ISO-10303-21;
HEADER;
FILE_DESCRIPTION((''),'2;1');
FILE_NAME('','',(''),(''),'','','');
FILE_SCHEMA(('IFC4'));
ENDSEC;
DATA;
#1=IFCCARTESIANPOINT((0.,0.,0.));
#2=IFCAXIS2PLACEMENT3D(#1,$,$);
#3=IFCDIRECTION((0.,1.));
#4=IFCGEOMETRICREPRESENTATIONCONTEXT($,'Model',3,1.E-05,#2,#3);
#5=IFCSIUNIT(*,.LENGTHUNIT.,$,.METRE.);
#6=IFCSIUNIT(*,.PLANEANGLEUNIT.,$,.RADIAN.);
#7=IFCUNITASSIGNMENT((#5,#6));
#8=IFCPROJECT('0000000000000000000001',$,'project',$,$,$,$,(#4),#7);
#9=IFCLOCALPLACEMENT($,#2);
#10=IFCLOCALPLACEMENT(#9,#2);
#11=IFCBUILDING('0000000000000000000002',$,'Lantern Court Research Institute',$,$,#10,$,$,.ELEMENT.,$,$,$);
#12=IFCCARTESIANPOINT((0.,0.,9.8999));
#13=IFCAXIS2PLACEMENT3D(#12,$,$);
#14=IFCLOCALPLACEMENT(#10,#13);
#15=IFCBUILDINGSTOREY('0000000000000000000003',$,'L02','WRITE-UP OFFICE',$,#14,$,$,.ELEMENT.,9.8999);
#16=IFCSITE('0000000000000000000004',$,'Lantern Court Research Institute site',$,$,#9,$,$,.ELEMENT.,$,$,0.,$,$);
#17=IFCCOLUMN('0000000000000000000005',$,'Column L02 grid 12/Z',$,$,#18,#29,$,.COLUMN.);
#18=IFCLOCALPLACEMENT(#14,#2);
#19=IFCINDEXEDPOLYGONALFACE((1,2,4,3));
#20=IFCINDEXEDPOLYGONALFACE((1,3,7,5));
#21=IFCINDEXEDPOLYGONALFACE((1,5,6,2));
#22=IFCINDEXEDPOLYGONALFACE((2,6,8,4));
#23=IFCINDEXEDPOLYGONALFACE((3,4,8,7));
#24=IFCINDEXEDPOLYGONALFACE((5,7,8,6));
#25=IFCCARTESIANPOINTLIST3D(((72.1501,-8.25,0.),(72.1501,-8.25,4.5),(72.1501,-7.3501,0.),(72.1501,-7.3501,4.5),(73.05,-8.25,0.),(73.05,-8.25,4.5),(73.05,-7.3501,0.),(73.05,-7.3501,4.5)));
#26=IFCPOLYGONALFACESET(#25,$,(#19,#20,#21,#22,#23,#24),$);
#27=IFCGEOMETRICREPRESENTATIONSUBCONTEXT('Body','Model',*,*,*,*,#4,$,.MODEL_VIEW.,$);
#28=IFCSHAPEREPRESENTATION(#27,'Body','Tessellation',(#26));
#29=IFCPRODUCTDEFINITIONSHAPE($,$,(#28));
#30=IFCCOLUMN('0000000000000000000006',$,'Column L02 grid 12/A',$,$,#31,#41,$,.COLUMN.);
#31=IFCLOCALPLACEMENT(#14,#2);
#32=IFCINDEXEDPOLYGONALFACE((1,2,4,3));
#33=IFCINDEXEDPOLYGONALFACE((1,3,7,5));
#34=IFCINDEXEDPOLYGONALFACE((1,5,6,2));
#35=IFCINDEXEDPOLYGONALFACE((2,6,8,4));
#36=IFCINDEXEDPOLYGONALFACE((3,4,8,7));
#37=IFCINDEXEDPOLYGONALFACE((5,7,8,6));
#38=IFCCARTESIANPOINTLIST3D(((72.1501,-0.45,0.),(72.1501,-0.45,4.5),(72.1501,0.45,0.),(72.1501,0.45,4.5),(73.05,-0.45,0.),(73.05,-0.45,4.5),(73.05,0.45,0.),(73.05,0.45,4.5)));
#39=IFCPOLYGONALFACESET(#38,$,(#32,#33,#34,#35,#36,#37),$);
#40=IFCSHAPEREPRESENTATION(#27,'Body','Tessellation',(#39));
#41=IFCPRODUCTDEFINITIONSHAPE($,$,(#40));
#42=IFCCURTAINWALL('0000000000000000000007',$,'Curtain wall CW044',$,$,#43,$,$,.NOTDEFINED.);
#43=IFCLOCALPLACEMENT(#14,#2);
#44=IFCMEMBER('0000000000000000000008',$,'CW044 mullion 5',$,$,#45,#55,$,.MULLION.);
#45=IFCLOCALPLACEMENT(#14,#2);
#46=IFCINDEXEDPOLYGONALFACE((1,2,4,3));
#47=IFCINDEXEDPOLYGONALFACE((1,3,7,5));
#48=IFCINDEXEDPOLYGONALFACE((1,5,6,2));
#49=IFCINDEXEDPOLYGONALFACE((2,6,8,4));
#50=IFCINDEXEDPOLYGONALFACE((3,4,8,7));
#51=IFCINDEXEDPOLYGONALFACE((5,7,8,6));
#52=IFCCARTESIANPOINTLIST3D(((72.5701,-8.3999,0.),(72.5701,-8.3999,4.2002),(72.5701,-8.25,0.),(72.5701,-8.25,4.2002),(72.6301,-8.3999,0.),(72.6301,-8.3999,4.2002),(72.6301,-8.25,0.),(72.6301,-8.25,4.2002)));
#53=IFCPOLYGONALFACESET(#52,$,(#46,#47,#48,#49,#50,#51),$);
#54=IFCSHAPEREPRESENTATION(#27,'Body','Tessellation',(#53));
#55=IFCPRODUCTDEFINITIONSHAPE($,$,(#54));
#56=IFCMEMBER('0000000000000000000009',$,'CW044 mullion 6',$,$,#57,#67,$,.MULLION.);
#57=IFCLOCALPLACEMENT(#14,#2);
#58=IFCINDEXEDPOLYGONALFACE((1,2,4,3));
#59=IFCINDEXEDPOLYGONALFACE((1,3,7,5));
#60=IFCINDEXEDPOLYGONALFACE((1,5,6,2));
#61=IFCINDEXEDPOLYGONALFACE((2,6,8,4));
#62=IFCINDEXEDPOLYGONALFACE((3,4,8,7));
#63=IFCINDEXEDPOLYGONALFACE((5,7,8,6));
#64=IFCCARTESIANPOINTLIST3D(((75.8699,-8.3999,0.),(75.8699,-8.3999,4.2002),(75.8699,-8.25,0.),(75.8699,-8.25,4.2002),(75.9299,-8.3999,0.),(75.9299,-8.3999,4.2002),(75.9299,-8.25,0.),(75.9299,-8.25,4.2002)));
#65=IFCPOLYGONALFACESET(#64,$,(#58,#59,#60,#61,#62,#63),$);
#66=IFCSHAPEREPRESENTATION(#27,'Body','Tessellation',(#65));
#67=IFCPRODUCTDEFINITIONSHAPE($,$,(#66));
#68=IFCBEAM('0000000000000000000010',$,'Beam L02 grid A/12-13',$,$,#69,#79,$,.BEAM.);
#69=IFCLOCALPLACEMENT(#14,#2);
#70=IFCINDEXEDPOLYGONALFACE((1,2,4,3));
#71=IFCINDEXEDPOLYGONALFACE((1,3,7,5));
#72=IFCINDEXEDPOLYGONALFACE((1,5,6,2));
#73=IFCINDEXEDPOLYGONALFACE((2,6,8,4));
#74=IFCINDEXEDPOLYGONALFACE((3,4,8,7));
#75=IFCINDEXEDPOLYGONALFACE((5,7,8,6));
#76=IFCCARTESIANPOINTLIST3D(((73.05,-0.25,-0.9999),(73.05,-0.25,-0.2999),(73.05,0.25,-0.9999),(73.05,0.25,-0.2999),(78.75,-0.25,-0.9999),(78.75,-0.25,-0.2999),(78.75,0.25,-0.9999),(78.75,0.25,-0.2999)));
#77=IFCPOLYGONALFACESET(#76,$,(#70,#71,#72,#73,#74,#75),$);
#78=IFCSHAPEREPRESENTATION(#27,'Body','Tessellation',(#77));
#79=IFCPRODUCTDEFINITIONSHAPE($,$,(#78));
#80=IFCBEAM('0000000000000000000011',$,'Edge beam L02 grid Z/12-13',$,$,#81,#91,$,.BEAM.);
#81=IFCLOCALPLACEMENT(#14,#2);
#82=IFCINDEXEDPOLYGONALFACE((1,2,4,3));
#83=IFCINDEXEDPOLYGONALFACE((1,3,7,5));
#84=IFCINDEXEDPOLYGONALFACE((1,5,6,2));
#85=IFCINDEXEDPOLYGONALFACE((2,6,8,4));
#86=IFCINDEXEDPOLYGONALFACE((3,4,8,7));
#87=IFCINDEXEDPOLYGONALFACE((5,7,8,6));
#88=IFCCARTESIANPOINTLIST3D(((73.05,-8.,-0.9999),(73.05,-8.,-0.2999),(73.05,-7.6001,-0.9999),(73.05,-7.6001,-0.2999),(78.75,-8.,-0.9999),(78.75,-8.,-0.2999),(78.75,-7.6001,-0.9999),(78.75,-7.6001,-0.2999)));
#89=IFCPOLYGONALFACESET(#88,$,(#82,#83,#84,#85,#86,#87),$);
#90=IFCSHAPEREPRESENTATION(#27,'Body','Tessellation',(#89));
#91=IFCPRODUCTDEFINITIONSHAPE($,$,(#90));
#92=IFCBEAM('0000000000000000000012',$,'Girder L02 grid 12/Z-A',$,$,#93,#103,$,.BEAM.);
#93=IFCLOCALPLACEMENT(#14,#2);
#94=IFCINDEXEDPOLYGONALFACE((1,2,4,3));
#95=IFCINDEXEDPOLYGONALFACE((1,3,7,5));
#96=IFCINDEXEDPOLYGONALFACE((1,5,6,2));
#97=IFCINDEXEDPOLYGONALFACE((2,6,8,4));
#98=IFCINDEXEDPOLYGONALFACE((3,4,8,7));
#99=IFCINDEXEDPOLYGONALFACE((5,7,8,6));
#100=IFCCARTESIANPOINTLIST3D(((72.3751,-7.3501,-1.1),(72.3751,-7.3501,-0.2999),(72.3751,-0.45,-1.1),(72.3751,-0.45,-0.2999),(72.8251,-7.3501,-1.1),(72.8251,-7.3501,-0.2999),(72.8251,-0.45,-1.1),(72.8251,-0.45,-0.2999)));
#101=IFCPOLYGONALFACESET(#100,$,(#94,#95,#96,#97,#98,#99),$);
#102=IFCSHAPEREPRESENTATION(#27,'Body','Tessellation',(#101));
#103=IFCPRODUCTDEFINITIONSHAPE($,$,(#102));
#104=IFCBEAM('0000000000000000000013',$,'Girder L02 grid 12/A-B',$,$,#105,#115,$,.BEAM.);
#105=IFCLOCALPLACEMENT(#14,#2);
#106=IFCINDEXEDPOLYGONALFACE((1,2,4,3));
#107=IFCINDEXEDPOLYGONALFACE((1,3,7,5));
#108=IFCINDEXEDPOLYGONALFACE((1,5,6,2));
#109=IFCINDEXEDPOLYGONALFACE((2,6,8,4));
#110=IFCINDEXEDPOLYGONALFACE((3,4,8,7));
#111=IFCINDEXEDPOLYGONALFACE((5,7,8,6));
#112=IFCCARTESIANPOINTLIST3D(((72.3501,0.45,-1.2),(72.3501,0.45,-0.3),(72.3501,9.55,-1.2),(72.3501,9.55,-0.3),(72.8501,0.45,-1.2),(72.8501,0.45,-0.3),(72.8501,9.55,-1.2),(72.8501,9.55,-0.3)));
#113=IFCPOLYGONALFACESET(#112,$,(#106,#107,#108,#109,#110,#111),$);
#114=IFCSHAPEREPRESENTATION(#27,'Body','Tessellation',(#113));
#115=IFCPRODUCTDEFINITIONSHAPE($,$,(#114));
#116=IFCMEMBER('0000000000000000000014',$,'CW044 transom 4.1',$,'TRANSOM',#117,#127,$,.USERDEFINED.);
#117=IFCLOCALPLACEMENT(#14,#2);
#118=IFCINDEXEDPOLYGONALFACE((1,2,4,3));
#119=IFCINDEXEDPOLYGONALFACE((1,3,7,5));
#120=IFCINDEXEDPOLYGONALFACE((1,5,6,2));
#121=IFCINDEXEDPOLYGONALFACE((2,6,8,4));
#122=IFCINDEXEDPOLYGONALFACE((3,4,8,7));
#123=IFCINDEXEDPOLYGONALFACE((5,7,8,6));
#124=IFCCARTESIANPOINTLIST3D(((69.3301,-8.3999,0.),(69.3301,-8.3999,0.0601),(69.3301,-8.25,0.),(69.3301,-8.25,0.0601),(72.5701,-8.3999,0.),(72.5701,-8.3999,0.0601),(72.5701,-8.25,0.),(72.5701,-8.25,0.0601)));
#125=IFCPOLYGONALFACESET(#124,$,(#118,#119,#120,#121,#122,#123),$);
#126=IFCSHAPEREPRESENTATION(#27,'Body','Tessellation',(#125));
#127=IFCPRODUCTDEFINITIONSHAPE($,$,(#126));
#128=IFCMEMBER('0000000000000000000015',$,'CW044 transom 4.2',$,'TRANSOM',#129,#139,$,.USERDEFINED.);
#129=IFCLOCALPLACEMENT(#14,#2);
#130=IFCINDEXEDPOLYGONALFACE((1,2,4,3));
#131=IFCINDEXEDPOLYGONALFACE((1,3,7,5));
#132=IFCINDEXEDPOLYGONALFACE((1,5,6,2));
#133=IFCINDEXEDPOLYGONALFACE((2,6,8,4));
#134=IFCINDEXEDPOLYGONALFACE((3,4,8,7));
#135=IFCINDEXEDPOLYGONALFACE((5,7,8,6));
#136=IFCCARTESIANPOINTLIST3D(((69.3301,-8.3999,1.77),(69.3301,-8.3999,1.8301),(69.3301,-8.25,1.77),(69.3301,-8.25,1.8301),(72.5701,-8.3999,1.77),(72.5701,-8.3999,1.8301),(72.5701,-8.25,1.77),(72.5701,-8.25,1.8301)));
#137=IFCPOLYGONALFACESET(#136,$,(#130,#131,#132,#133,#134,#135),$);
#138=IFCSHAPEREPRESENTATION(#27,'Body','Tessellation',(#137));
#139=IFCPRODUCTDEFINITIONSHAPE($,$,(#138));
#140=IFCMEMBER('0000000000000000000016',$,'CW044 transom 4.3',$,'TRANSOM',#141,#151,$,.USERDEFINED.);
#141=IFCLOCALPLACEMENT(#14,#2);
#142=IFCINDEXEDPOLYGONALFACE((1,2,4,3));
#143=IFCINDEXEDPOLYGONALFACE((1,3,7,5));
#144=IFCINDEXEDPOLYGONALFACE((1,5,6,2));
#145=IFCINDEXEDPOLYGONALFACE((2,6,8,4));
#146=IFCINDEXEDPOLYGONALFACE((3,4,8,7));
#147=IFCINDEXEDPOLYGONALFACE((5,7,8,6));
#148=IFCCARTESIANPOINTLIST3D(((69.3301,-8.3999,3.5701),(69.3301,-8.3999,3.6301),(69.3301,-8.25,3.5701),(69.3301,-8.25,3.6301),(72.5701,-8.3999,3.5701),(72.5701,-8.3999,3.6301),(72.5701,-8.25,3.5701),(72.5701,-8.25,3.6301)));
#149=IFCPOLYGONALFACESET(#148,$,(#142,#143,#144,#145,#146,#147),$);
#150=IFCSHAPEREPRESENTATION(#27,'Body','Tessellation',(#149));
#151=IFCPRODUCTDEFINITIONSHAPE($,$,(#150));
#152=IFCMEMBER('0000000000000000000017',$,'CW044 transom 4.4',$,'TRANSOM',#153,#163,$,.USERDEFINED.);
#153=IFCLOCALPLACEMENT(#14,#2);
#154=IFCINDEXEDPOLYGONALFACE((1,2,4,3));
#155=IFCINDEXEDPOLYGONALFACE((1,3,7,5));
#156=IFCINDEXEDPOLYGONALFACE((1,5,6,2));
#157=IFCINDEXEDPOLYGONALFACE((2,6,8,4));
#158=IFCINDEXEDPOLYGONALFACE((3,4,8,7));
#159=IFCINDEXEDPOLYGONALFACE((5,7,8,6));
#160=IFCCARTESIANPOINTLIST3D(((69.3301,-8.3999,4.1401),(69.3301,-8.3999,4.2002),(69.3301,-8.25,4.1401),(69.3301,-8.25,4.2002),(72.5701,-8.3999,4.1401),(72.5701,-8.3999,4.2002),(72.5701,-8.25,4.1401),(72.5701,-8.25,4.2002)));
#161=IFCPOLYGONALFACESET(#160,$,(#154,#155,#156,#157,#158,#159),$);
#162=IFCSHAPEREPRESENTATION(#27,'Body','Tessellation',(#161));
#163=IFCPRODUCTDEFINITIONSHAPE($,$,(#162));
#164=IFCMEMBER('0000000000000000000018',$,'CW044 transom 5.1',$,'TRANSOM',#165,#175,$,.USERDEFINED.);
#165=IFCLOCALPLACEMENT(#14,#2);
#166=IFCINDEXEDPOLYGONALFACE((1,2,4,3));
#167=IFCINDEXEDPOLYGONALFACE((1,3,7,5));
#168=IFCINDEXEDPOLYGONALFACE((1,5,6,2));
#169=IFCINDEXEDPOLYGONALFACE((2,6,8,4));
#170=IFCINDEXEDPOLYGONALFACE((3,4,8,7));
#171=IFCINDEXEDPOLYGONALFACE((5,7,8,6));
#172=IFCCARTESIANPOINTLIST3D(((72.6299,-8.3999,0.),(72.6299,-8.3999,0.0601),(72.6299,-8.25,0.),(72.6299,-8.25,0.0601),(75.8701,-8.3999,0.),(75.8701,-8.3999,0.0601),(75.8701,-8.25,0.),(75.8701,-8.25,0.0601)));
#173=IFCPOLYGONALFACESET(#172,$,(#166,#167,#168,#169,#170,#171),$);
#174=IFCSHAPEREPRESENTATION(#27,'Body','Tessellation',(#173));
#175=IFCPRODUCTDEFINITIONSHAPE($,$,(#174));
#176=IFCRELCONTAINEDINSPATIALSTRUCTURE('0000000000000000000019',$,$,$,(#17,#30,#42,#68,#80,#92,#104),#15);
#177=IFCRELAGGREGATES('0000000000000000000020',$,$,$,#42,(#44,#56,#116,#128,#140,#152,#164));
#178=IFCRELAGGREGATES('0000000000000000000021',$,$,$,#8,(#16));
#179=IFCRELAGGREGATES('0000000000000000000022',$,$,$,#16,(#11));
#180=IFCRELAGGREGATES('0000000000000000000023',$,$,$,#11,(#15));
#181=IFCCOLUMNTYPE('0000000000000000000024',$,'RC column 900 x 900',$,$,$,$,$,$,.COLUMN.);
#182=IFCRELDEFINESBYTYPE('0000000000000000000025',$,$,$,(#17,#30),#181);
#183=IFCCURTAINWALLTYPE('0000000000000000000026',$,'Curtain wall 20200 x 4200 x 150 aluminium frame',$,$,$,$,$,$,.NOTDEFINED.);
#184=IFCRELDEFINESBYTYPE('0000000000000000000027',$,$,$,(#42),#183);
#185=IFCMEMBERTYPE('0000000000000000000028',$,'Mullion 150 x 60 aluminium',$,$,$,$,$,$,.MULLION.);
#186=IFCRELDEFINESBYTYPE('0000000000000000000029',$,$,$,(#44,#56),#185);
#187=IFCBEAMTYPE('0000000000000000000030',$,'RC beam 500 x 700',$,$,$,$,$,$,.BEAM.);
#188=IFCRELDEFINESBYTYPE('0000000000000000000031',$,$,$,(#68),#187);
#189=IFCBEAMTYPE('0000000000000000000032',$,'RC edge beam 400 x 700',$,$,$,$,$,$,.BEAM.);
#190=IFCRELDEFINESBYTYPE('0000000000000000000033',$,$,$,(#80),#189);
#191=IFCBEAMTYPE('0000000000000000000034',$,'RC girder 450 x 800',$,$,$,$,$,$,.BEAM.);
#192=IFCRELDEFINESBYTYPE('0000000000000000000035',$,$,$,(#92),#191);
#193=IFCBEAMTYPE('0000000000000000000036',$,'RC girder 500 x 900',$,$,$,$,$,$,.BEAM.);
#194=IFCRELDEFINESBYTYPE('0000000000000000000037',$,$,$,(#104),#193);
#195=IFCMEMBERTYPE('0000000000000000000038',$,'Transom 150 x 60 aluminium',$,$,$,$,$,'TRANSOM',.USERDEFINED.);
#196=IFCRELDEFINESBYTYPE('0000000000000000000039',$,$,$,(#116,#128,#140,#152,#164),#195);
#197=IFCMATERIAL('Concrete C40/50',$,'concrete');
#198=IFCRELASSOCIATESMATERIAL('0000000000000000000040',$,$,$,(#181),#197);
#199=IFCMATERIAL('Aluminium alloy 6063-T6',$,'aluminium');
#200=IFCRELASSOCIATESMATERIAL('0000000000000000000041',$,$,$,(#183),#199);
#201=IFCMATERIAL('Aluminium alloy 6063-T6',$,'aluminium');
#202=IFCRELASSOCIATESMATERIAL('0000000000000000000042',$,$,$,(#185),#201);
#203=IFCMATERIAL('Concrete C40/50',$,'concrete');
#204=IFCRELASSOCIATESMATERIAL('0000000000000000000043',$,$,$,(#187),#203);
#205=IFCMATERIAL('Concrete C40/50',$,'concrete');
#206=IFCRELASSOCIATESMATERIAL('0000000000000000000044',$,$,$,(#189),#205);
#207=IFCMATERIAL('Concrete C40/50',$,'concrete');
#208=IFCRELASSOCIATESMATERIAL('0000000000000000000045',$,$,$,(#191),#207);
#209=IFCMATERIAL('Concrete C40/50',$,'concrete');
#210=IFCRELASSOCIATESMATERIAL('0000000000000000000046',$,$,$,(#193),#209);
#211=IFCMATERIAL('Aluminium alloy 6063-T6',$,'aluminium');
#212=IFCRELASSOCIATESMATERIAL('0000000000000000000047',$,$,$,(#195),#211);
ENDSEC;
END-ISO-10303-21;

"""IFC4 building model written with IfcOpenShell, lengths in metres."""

from ifc_helpers import new_model, si_unit, direction, frame, origin, origin_2d, place, context, subcontext, project, spatial, rectangle, extrude, material, material_profile, profile_set, type_object, element, aggregate, save


model = new_model("IFC4")

# Units and contexts
model_context = context("Model", 3, precision=1e-05, world=origin(), true_north=direction((0.0, 1.0)))
body_context = subcontext(model_context, "Body", "Model", "MODEL_VIEW")
ifc_project = project(units=[si_unit("LENGTHUNIT", "METRE"), si_unit("PLANEANGLEUNIT", "RADIAN")], contexts=[model_context])

# Site, building, storey
site_placement = place(None, origin())
site = spatial("IfcSite", under=ifc_project, at=site_placement, Name="Lantern Court Research Institute site", CompositionType="ELEMENT", RefElevation=0.0)
building_placement = place(site_placement, origin())
building = spatial("IfcBuilding", under=site, at=building_placement, Name="Lantern Court Research Institute", CompositionType="ELEMENT")
storey_placement = place(building_placement, frame((0.0, 0.0, 9.8999)))
storey = spatial("IfcBuildingStorey", under=building, at=storey_placement, Name="L02", Description="WRITE-UP OFFICE", CompositionType="ELEMENT", Elevation=9.8999)

# Columns
ifc_material_1 = material(Name="Concrete C40/50", Category="concrete")
ifc_material_profile_1 = material_profile(ifc_material_1, rectangle(XDim=0.8999, YDim=0.8999, at=origin_2d()), Name="RC column 900 x 900")
ifc_profile_set_1 = profile_set([ifc_material_profile_1], Name="Concrete C40/50")
column_type = type_object("IfcColumnType", Name="RC column 900 x 900", PredefinedType="COLUMN", material=ifc_profile_set_1)
for number, where, z_axis, x_axis, name in (
    (1, (72.6001, -7.8, 0.0), (0.0, 0.0, 1.0), (1.0, 0.0, 0.0), "Column L02 grid 12/Z"),
    (2, (72.6001, 0.0, 0.0), (0.0, 0.0, 1.0), (1.0, 0.0, 0.0), "Column L02 grid 12/A"),
):
    element("IfcColumn", number, at=place(storey_placement, frame(where, z_axis=z_axis, x_axis=x_axis)), inside=storey, type_object=column_type, Name=name, PredefinedType="COLUMN", context=body_context, shape_type="SweptSolid", body=[
        extrude(rectangle(XDim=0.8999, YDim=0.8999, at=origin_2d()), origin(), (0.0, 0.0, 1.0), 4.5),
    ])

# Curtain wall, members
ifc_material_2 = material(Name="Aluminium alloy 6063-T6", Category="aluminium")
curtain_wall_type = type_object("IfcCurtainWallType", Name="Curtain wall 20200 x 4200 x 150 aluminium frame", PredefinedType="NOTDEFINED", material=ifc_material_2)
curtain_wall_placement = place(storey_placement, origin())
curtain_wall = element("IfcCurtainWall", 3, at=curtain_wall_placement, inside=storey, type_object=curtain_wall_type, Name="Curtain wall CW044", PredefinedType="NOTDEFINED")
ifc_material_3 = material(Name="Aluminium alloy 6063-T6", Category="aluminium")
ifc_material_profile_2 = material_profile(ifc_material_3, rectangle(XDim=0.1499, YDim=0.0601, at=origin_2d()), Name="Mullion 150 x 60")
ifc_profile_set_2 = profile_set([ifc_material_profile_2], Name="Aluminium alloy 6063-T6")
member_type_1 = type_object("IfcMemberType", Name="Mullion 150 x 60 aluminium", PredefinedType="MULLION", material=ifc_profile_set_2)
member_1_placement = place(storey_placement, frame((72.6001, -8.325, 0.0), z_axis=(0.0, 0.0, 1.0), x_axis=(0.0, -1.0, 0.0)))
member_1 = element("IfcMember", 4, at=member_1_placement, type_object=member_type_1, Name="CW044 mullion 5", PredefinedType="MULLION", context=body_context, shape_type="SweptSolid", body=[
    extrude(rectangle(XDim=0.1499, YDim=0.0601, at=origin_2d()), origin(), (0.0, 0.0, 1.0), 4.2002),
])
member_2_placement = place(storey_placement, frame((75.8999, -8.325, 0.0), z_axis=(0.0, 0.0, 1.0), x_axis=(0.0, -1.0, 0.0)))
member_2 = element("IfcMember", 5, at=member_2_placement, type_object=member_type_1, Name="CW044 mullion 6", PredefinedType="MULLION", context=body_context, shape_type="SweptSolid", body=[
    extrude(rectangle(XDim=0.1499, YDim=0.0601, at=origin_2d()), origin(), (0.0, 0.0, 1.0), 4.2002),
])

# Beams
ifc_material_4 = material(Name="Concrete C40/50", Category="concrete")
ifc_material_profile_3 = material_profile(ifc_material_4, rectangle(XDim=0.5, YDim=0.7, at=origin_2d()), Name="RC beam 500 x 700")
ifc_profile_set_3 = profile_set([ifc_material_profile_3], Name="Concrete C40/50")
beam_type_1 = type_object("IfcBeamType", Name="RC beam 500 x 700", PredefinedType="BEAM", material=ifc_profile_set_3)
beam_1_placement = place(storey_placement, frame((73.05, 0.0, -0.6499), z_axis=(1.0, 0.0, 0.0), x_axis=(0.0, 1.0, 0.0)))
element("IfcBeam", 6, at=beam_1_placement, inside=storey, type_object=beam_type_1, Name="Beam L02 grid A/12-13", PredefinedType="BEAM", context=body_context, shape_type="SweptSolid", body=[
    extrude(rectangle(XDim=0.5, YDim=0.7, at=origin_2d()), origin(), (0.0, 0.0, 1.0), 5.7),
])
ifc_material_5 = material(Name="Concrete C40/50", Category="concrete")
ifc_material_profile_4 = material_profile(ifc_material_5, rectangle(XDim=0.3999, YDim=0.7, at=origin_2d()), Name="RC beam 400 x 700")
ifc_profile_set_4 = profile_set([ifc_material_profile_4], Name="Concrete C40/50")
beam_type_2 = type_object("IfcBeamType", Name="RC edge beam 400 x 700", PredefinedType="BEAM", material=ifc_profile_set_4)
beam_2_placement = place(storey_placement, frame((73.05, -7.8, -0.6499), z_axis=(1.0, 0.0, 0.0), x_axis=(0.0, 1.0, 0.0)))
element("IfcBeam", 7, at=beam_2_placement, inside=storey, type_object=beam_type_2, Name="Edge beam L02 grid Z/12-13", PredefinedType="BEAM", context=body_context, shape_type="SweptSolid", body=[
    extrude(rectangle(XDim=0.3999, YDim=0.7, at=origin_2d()), origin(), (0.0, 0.0, 1.0), 5.7),
])
ifc_material_6 = material(Name="Concrete C40/50", Category="concrete")
ifc_material_profile_5 = material_profile(ifc_material_6, rectangle(XDim=0.45, YDim=0.8, at=origin_2d()), Name="RC beam 450 x 800")
ifc_profile_set_5 = profile_set([ifc_material_profile_5], Name="Concrete C40/50")
beam_type_3 = type_object("IfcBeamType", Name="RC girder 450 x 800", PredefinedType="BEAM", material=ifc_profile_set_5)
beam_3_placement = place(storey_placement, frame((72.6001, -7.3501, -0.7), z_axis=(0.0, 1.0, 0.0), x_axis=(-1.0, 0.0, 0.0)))
element("IfcBeam", 8, at=beam_3_placement, inside=storey, type_object=beam_type_3, Name="Girder L02 grid 12/Z-A", PredefinedType="BEAM", context=body_context, shape_type="SweptSolid", body=[
    extrude(rectangle(XDim=0.45, YDim=0.8, at=origin_2d()), origin(), (0.0, 0.0, 1.0), 6.9001),
])
ifc_material_7 = material(Name="Concrete C40/50", Category="concrete")
ifc_material_profile_6 = material_profile(ifc_material_7, rectangle(XDim=0.5, YDim=0.8999, at=origin_2d()), Name="RC beam 500 x 900")
ifc_profile_set_6 = profile_set([ifc_material_profile_6], Name="Concrete C40/50")
beam_type_4 = type_object("IfcBeamType", Name="RC girder 500 x 900", PredefinedType="BEAM", material=ifc_profile_set_6)
beam_4_placement = place(storey_placement, frame((72.6001, 0.45, -0.75), z_axis=(0.0, 1.0, 0.0), x_axis=(-1.0, 0.0, 0.0)))
element("IfcBeam", 9, at=beam_4_placement, inside=storey, type_object=beam_type_4, Name="Girder L02 grid 12/A-B", PredefinedType="BEAM", context=body_context, shape_type="SweptSolid", body=[
    extrude(rectangle(XDim=0.5, YDim=0.8999, at=origin_2d()), origin(), (0.0, 0.0, 1.0), 9.1001),
])

# Members
ifc_material_8 = material(Name="Aluminium alloy 6063-T6", Category="aluminium")
ifc_material_profile_7 = material_profile(ifc_material_8, rectangle(XDim=0.1499, YDim=0.0601, at=origin_2d()), Name="Transom 150 x 60")
ifc_profile_set_7 = profile_set([ifc_material_profile_7], Name="Aluminium alloy 6063-T6")
member_type_2 = type_object("IfcMemberType", Name="Transom 150 x 60 aluminium", ElementType="TRANSOM", PredefinedType="USERDEFINED", material=ifc_profile_set_7)
member_3_placement = place(storey_placement, frame((72.5701, -8.325, 0.03), z_axis=(-1.0, 0.0, 0.0), x_axis=(0.0, -1.0, 0.0)))
member_3 = element("IfcMember", 10, at=member_3_placement, type_object=member_type_2, Name="CW044 transom 4.1", ObjectType="TRANSOM", PredefinedType="USERDEFINED", context=body_context, shape_type="SweptSolid", body=[
    extrude(rectangle(XDim=0.1499, YDim=0.0601, at=origin_2d()), origin(), (0.0, 0.0, 1.0), 3.24),
])
member_4_placement = place(storey_placement, frame((72.5701, -8.325, 1.8), z_axis=(-1.0, 0.0, 0.0), x_axis=(0.0, -1.0, 0.0)))
member_4 = element("IfcMember", 11, at=member_4_placement, type_object=member_type_2, Name="CW044 transom 4.2", ObjectType="TRANSOM", PredefinedType="USERDEFINED", context=body_context, shape_type="SweptSolid", body=[
    extrude(rectangle(XDim=0.1499, YDim=0.0601, at=origin_2d()), origin(), (0.0, 0.0, 1.0), 3.24),
])
member_5_placement = place(storey_placement, frame((72.5701, -8.325, 3.6001), z_axis=(-1.0, 0.0, 0.0), x_axis=(0.0, -1.0, 0.0)))
member_5 = element("IfcMember", 12, at=member_5_placement, type_object=member_type_2, Name="CW044 transom 4.3", ObjectType="TRANSOM", PredefinedType="USERDEFINED", context=body_context, shape_type="SweptSolid", body=[
    extrude(rectangle(XDim=0.1499, YDim=0.0601, at=origin_2d()), origin(), (0.0, 0.0, 1.0), 3.24),
])
member_6_placement = place(storey_placement, frame((72.5701, -8.325, 4.1702), z_axis=(-1.0, 0.0, 0.0), x_axis=(0.0, -1.0, 0.0)))
member_6 = element("IfcMember", 13, at=member_6_placement, type_object=member_type_2, Name="CW044 transom 4.4", ObjectType="TRANSOM", PredefinedType="USERDEFINED", context=body_context, shape_type="SweptSolid", body=[
    extrude(rectangle(XDim=0.1499, YDim=0.0601, at=origin_2d()), origin(), (0.0, 0.0, 1.0), 3.24),
])
member_7_placement = place(storey_placement, frame((75.8701, -8.325, 0.03), z_axis=(-1.0, 0.0, 0.0), x_axis=(0.0, -1.0, 0.0)))
member_7 = element("IfcMember", 14, at=member_7_placement, type_object=member_type_2, Name="CW044 transom 5.1", ObjectType="TRANSOM", PredefinedType="USERDEFINED", context=body_context, shape_type="SweptSolid", body=[
    extrude(rectangle(XDim=0.1499, YDim=0.0601, at=origin_2d()), origin(), (0.0, 0.0, 1.0), 3.2402),
])

aggregate(curtain_wall, [member_1, member_2, member_3, member_4, member_5, member_6, member_7])

save(model, "model.ifc")
